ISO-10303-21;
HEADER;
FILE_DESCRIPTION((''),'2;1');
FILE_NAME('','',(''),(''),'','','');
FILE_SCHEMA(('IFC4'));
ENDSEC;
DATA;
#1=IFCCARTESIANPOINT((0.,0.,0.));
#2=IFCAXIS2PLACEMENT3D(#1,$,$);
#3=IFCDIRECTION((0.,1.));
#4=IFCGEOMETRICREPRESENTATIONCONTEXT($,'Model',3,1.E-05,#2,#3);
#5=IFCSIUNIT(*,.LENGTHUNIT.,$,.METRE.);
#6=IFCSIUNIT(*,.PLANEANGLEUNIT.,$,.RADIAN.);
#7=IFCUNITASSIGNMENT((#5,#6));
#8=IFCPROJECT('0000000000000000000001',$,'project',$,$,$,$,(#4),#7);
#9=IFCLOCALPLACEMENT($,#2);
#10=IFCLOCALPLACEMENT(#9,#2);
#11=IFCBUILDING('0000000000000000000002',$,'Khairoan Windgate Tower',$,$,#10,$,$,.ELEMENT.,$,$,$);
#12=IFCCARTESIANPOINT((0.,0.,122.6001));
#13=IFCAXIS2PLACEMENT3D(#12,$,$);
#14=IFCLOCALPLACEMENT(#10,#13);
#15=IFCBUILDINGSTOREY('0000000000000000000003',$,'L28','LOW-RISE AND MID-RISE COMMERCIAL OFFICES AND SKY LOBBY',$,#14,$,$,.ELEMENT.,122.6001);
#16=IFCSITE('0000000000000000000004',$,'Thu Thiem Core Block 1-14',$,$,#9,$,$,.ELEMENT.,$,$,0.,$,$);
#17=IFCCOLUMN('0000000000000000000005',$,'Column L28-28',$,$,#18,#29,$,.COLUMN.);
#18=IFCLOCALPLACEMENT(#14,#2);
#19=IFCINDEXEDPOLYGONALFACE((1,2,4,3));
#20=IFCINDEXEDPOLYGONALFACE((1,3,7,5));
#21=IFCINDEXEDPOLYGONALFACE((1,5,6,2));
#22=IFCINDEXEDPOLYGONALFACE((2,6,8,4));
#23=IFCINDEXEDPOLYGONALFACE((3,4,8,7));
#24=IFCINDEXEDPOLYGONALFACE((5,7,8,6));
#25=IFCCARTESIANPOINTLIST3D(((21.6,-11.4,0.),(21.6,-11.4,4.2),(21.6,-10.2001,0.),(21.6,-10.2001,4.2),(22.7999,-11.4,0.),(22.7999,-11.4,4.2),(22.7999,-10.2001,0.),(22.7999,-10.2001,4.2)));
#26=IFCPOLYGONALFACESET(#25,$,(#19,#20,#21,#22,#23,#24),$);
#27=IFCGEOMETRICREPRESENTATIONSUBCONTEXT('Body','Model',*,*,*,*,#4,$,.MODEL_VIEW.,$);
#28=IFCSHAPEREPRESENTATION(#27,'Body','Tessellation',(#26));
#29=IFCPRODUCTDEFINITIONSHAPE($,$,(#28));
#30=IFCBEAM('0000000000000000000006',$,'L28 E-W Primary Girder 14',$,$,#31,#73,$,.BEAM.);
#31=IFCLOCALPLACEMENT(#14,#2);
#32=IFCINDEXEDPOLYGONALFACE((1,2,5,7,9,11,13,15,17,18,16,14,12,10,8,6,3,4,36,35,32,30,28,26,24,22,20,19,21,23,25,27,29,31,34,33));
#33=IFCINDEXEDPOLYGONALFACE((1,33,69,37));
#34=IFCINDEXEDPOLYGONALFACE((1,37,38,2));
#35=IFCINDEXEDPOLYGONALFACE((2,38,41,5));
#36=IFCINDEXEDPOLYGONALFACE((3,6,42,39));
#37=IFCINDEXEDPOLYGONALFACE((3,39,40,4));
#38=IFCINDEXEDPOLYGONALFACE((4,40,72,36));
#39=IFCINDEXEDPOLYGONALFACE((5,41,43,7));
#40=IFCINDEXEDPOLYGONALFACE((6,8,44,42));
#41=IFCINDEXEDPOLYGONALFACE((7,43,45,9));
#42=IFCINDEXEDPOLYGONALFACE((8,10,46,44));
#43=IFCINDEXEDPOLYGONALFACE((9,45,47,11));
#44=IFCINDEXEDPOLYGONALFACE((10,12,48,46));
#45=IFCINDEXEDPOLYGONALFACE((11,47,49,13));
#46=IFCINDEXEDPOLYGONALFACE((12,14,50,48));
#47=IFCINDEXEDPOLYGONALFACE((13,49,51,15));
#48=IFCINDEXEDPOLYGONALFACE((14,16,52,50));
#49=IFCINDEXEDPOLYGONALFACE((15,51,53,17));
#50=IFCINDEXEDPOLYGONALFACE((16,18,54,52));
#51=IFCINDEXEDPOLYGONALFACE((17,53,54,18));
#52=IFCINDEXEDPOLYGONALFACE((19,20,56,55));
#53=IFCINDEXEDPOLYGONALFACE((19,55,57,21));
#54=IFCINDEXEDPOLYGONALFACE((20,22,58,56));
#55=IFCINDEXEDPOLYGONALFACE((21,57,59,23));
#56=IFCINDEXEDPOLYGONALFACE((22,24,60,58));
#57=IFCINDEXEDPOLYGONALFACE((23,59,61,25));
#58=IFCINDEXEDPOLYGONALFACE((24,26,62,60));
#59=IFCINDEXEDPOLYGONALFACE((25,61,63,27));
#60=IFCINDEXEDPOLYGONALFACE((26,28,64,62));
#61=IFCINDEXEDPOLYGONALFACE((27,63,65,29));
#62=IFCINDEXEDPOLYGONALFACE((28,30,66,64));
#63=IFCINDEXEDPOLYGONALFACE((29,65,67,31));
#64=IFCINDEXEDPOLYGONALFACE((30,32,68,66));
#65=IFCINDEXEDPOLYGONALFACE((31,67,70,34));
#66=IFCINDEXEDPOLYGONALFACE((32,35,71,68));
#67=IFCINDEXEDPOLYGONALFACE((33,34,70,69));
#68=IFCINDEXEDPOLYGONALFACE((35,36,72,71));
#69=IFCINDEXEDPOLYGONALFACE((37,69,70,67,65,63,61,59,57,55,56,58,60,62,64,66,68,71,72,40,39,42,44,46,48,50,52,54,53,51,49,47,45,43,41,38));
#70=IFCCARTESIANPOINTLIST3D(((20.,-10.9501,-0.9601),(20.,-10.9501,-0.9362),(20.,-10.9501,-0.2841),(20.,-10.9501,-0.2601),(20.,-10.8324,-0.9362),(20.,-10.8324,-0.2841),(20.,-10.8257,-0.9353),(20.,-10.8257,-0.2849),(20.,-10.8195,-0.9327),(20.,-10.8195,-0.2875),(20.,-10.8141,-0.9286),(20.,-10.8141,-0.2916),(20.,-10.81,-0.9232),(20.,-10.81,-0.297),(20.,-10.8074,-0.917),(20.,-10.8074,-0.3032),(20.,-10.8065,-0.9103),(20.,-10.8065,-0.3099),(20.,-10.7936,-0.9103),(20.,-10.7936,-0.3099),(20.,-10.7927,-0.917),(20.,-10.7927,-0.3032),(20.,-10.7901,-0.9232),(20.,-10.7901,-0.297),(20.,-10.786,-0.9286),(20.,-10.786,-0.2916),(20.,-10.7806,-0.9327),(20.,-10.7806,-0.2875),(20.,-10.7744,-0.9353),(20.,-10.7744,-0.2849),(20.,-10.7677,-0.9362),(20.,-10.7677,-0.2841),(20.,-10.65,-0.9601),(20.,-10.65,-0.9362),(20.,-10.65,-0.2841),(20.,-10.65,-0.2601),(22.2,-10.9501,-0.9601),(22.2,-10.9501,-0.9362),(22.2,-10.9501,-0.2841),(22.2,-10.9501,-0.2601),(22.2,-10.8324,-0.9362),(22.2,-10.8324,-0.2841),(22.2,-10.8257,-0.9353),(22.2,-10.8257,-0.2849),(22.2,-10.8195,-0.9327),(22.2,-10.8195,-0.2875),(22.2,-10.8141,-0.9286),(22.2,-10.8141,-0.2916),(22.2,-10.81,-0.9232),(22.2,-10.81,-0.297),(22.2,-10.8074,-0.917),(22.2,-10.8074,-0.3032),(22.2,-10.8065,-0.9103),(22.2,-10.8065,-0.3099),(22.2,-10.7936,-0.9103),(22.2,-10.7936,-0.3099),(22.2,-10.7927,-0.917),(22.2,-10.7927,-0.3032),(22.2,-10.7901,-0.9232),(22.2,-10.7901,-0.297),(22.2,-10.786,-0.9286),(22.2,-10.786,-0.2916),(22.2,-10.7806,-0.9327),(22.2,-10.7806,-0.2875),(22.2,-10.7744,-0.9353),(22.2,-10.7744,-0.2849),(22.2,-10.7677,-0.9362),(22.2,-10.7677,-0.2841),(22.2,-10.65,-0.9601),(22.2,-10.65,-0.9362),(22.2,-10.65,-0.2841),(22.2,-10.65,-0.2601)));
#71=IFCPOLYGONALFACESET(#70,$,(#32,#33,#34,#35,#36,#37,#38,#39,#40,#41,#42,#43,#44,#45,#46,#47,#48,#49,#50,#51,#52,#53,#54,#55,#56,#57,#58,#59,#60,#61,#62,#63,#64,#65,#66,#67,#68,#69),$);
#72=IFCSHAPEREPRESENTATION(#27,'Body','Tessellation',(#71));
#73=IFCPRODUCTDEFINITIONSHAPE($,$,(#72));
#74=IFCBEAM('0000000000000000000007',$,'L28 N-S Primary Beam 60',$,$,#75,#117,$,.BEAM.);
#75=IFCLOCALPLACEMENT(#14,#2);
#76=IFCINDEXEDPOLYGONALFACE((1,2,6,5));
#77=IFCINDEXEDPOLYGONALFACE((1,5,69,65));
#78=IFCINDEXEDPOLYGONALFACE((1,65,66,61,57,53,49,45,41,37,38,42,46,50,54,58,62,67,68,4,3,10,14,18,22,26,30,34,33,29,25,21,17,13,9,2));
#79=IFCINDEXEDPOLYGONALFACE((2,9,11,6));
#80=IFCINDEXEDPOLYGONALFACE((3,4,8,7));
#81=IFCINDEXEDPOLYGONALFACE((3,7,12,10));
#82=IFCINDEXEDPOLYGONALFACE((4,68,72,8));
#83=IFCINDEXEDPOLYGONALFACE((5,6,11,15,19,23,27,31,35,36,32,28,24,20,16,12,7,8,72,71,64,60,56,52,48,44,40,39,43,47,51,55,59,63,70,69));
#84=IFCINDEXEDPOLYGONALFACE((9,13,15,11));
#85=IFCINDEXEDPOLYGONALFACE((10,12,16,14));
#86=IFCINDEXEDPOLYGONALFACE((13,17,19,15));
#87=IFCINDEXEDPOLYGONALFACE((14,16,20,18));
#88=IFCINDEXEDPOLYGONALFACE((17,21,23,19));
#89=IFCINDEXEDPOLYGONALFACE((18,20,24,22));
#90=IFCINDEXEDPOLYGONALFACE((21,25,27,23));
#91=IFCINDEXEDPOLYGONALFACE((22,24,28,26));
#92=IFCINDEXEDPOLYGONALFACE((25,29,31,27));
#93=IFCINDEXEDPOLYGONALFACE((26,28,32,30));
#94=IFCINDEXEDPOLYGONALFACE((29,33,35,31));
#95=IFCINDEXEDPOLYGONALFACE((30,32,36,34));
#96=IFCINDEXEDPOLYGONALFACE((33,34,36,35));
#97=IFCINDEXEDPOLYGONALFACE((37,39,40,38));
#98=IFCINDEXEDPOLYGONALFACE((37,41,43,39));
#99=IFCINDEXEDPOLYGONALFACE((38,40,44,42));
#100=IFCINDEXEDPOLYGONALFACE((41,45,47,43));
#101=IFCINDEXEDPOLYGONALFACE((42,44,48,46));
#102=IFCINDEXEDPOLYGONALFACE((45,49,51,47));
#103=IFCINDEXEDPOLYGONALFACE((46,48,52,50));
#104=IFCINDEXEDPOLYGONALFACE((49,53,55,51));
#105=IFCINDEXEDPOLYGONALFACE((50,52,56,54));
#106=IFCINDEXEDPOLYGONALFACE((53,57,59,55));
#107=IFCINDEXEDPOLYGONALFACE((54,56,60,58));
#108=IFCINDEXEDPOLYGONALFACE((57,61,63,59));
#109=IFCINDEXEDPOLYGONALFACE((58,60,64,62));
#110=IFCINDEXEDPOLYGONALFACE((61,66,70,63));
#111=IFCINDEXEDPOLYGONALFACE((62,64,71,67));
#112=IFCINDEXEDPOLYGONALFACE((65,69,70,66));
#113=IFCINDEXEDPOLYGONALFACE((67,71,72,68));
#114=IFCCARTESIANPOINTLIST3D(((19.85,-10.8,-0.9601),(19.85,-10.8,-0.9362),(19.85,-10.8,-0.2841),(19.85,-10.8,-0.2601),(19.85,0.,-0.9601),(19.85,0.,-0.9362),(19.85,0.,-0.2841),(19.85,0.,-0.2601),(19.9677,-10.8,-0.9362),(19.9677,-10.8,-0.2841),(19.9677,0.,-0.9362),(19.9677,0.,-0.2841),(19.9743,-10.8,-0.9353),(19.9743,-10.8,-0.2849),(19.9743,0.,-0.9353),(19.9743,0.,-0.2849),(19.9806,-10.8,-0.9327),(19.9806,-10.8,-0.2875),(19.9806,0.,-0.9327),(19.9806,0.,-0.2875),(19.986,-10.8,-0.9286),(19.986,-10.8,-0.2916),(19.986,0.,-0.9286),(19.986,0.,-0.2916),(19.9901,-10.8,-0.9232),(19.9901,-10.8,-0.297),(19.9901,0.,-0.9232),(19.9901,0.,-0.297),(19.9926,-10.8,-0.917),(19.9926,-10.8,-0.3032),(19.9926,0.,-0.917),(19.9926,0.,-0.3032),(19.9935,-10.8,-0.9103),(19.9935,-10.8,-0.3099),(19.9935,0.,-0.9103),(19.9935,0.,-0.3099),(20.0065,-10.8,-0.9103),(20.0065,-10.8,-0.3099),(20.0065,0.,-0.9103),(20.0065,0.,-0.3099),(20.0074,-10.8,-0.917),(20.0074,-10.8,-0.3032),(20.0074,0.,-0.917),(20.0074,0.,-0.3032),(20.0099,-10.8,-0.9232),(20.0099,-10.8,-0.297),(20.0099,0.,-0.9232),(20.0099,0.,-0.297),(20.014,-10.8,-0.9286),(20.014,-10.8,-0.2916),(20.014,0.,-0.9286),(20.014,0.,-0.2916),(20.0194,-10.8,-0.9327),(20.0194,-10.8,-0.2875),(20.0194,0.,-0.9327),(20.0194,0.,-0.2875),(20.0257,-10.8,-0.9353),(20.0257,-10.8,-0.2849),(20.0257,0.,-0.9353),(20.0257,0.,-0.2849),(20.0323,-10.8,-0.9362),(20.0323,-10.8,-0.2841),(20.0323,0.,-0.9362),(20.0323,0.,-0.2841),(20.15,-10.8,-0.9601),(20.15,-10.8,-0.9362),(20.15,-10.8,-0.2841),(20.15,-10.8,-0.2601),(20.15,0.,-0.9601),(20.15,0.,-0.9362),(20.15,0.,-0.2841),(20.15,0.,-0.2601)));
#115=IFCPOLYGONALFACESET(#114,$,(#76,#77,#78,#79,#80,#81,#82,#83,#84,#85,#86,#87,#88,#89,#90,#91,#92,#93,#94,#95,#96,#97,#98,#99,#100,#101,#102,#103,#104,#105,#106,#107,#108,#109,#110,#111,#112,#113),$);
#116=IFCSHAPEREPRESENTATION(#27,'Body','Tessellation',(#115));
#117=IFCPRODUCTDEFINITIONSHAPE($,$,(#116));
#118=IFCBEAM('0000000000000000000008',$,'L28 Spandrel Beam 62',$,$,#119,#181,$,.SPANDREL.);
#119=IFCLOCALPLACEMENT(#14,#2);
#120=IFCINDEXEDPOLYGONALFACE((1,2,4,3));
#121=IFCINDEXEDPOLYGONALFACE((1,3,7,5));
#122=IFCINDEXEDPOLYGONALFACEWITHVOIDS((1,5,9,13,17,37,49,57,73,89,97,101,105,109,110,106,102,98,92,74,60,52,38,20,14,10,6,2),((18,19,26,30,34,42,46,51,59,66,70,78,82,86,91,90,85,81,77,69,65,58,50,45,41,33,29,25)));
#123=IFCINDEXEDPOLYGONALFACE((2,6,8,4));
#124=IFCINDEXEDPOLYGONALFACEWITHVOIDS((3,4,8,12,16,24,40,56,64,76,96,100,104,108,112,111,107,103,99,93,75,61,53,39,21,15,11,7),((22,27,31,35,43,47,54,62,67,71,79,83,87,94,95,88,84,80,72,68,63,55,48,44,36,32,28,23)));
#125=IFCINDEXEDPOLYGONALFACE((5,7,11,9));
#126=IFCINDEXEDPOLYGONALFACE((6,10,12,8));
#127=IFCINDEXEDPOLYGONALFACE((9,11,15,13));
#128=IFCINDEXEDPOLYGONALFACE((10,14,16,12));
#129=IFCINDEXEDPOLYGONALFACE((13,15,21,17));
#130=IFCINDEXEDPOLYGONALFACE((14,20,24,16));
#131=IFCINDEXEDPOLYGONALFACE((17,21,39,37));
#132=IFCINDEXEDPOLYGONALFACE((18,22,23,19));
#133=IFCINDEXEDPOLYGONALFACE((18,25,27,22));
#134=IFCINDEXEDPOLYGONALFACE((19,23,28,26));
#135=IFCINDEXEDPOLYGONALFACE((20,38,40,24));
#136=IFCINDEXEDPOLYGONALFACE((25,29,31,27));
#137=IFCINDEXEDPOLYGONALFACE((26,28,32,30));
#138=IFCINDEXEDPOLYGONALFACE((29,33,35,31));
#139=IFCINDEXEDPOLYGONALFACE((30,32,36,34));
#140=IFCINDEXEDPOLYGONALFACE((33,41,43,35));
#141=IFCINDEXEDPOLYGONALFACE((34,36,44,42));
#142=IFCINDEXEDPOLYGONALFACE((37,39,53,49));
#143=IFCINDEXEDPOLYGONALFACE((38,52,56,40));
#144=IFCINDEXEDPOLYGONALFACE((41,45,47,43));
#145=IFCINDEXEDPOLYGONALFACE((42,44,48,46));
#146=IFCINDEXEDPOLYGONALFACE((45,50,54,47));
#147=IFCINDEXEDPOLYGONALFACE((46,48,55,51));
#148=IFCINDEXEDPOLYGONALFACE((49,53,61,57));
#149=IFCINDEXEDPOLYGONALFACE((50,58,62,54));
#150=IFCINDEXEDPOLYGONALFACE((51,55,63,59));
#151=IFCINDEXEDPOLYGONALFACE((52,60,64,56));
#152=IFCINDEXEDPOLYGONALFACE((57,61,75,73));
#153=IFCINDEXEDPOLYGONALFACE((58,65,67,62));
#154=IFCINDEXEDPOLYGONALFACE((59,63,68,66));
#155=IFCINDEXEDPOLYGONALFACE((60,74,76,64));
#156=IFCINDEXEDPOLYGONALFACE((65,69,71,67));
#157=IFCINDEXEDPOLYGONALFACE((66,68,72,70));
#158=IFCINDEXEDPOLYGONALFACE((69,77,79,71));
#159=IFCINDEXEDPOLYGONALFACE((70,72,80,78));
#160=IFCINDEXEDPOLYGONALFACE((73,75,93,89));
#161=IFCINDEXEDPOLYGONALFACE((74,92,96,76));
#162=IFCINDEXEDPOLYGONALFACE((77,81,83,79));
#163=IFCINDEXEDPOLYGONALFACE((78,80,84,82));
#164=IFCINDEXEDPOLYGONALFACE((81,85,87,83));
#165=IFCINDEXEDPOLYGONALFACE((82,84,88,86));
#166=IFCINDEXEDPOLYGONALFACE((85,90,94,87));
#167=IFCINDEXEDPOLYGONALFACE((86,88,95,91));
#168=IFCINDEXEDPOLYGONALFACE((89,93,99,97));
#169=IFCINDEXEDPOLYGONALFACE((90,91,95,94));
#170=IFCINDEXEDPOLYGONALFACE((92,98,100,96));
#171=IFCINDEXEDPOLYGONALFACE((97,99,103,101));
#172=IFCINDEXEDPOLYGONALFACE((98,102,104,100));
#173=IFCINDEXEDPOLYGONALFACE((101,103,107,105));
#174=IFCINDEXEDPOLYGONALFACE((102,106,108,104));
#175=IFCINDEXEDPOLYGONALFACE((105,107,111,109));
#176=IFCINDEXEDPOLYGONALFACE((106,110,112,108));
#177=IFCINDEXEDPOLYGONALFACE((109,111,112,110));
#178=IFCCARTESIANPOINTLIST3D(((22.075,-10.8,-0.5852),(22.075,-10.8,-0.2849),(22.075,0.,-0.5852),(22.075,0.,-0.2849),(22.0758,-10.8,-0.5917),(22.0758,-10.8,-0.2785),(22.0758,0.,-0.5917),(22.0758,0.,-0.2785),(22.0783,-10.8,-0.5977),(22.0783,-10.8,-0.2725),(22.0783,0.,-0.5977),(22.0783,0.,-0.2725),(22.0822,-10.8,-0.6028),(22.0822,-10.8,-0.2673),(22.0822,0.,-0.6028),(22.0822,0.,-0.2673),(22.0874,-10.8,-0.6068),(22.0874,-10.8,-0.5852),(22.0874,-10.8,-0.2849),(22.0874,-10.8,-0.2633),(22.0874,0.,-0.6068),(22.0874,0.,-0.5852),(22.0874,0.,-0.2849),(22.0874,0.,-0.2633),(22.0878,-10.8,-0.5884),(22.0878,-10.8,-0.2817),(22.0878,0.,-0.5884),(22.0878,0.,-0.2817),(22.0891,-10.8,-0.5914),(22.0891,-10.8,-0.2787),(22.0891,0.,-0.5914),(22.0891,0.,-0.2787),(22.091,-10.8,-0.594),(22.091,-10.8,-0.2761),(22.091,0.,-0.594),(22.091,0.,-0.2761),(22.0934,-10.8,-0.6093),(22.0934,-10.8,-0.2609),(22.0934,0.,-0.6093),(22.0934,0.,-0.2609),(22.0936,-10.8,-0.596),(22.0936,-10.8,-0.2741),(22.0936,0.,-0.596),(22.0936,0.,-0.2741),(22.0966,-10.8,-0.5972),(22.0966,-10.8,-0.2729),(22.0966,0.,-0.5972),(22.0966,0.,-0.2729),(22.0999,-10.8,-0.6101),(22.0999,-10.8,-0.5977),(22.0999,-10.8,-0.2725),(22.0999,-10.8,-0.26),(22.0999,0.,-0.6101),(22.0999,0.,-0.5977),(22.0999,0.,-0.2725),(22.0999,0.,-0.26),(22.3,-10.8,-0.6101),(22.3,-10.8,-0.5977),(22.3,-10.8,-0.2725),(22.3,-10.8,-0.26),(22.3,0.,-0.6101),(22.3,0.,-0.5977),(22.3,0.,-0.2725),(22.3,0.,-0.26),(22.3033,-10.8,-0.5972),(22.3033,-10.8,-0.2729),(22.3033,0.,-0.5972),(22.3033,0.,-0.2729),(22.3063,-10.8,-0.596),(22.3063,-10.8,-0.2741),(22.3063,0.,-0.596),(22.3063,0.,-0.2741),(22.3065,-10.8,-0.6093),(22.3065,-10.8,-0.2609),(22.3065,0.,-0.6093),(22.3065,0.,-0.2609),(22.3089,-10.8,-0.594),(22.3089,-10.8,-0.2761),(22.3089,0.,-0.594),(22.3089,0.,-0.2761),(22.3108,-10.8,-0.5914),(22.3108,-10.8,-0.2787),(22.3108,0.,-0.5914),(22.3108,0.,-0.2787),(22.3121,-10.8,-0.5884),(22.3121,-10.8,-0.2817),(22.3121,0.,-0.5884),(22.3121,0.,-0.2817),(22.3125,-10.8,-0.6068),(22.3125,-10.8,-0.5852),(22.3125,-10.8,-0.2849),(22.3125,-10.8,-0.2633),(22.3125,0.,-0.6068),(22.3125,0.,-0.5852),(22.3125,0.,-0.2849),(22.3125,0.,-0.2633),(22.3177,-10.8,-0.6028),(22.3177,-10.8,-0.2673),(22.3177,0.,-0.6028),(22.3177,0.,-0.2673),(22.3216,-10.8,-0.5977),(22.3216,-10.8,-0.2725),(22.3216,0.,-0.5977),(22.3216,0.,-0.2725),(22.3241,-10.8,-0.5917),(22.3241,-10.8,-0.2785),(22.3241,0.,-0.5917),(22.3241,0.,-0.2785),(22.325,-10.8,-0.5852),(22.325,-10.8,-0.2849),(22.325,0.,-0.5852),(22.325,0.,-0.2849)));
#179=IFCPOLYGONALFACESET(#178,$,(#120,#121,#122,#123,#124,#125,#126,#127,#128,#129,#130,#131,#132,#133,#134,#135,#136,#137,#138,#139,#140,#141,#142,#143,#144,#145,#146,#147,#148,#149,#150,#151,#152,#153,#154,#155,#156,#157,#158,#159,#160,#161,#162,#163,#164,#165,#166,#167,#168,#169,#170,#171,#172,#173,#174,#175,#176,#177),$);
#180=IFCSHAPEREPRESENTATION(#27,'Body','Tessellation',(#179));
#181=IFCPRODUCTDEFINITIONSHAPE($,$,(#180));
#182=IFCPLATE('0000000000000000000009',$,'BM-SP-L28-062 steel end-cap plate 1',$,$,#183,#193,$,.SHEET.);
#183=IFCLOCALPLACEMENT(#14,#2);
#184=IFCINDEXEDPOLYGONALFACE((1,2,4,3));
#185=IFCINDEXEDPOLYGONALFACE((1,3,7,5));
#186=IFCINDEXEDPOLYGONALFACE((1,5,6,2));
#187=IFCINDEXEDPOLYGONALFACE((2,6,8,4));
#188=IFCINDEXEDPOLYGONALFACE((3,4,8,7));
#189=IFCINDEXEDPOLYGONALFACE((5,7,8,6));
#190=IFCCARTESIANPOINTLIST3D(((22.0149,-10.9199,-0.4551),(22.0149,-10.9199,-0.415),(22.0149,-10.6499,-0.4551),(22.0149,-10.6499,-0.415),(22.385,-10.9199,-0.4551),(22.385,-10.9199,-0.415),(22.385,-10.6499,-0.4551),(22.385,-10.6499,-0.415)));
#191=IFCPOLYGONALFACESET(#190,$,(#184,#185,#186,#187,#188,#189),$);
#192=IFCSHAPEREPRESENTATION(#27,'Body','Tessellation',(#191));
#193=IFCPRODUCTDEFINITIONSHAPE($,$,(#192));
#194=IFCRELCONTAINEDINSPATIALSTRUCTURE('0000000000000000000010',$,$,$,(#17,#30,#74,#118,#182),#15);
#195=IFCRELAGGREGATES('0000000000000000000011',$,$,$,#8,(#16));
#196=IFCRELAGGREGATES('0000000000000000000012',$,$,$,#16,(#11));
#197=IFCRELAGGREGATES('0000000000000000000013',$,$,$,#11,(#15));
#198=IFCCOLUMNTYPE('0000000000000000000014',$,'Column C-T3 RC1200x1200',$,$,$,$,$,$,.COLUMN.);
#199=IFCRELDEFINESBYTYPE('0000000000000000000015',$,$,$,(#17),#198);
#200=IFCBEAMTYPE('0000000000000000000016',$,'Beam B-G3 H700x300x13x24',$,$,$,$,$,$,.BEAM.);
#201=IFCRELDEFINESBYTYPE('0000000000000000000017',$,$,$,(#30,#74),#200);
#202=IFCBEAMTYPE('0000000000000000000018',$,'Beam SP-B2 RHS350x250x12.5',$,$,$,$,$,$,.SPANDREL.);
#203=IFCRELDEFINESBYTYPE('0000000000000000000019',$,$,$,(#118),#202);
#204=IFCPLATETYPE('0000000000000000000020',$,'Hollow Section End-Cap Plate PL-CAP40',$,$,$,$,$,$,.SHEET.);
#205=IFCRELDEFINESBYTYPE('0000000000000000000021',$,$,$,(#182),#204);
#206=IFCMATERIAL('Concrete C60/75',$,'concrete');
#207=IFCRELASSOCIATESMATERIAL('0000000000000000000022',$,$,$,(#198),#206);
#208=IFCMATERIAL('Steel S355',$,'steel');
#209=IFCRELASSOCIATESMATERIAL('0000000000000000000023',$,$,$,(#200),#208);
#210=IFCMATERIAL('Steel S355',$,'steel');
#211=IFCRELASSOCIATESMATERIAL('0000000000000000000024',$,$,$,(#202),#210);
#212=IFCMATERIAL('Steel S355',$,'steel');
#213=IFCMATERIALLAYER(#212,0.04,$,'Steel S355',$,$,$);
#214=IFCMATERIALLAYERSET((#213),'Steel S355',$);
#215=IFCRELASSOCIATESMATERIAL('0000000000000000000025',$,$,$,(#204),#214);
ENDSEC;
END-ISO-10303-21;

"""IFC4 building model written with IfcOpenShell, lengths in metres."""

from ifc_helpers import new_model, si_unit, direction, frame, origin, origin_2d, place, context, subcontext, project, spatial, rectangle, hollow_rectangle, i_section, extrude, material, layer, layer_set, material_profile, profile_set, type_object, element, save


model = new_model("IFC4")

# Units and contexts
model_context = context("Model", 3, precision=1e-05, world=origin(), true_north=direction((0.0, 1.0)))
body_context = subcontext(model_context, "Body", "Model", "MODEL_VIEW")
ifc_project = project(units=[si_unit("LENGTHUNIT", "METRE"), si_unit("PLANEANGLEUNIT", "RADIAN")], contexts=[model_context])

# Site, building, storey
site_placement = place(None, origin())
site = spatial("IfcSite", under=ifc_project, at=site_placement, Name="Thu Thiem Core Block 1-14", CompositionType="ELEMENT", RefElevation=0.0)
building_placement = place(site_placement, origin())
building = spatial("IfcBuilding", under=site, at=building_placement, Name="Khairoan Windgate Tower", CompositionType="ELEMENT")
storey_placement = place(building_placement, frame((0.0, 0.0, 122.6001)))
storey = spatial("IfcBuildingStorey", under=building, at=storey_placement, Name="L28", Description="LOW-RISE AND MID-RISE COMMERCIAL OFFICES AND SKY LOBBY", CompositionType="ELEMENT", Elevation=122.6001)

# Column
ifc_material_1 = material(Name="Concrete C60/75", Category="concrete")
ifc_material_profile_1 = material_profile(ifc_material_1, rectangle(XDim=1.2, YDim=1.2, at=origin_2d()))
ifc_profile_set_1 = profile_set([ifc_material_profile_1], Name="Concrete C60/75")
column_type = type_object("IfcColumnType", Name="Column C-T3 RC1200x1200", PredefinedType="COLUMN", material=ifc_profile_set_1)
column_placement = place(storey_placement, frame((22.2, -10.8, 0.0), z_axis=(0.0, 0.0, 1.0), x_axis=(1.0, 0.0, 0.0)))
element("IfcColumn", 1, at=column_placement, inside=storey, type_object=column_type, Name="Column L28-28", PredefinedType="COLUMN", context=body_context, shape_type="SweptSolid", body=[
    extrude(rectangle(XDim=1.2, YDim=1.2, at=origin_2d()), origin(), (0.0, 0.0, 1.0), 4.2),
])

# Beams
ifc_material_2 = material(Name="Steel S355", Category="steel")
ifc_material_profile_2 = material_profile(ifc_material_2, i_section(OverallWidth=0.3, OverallDepth=0.7, WebThickness=0.0129, FlangeThickness=0.0239, FilletRadius=0.0259, at=origin_2d()))
ifc_profile_set_2 = profile_set([ifc_material_profile_2], Name="Steel S355")
beam_type_1 = type_object("IfcBeamType", Name="Beam B-G3 H700x300x13x24", PredefinedType="BEAM", material=ifc_profile_set_2)
beam_1_placement = place(storey_placement, frame((20.0, -10.8, -0.6101), z_axis=(1.0, 0.0, 0.0), x_axis=(0.0, 1.0, 0.0)))
element("IfcBeam", 2, at=beam_1_placement, inside=storey, type_object=beam_type_1, Name="L28 E-W Primary Girder 14", PredefinedType="BEAM", context=body_context, shape_type="SweptSolid", body=[
    extrude(i_section(OverallWidth=0.3, OverallDepth=0.7, WebThickness=0.0129, FlangeThickness=0.0239, FilletRadius=0.0259, at=origin_2d()), origin(), (0.0, 0.0, 1.0), 2.2),
])
beam_2_placement = place(storey_placement, frame((20.0, -10.8, -0.6101), z_axis=(0.0, 1.0, 0.0), x_axis=(-1.0, 0.0, 0.0)))
element("IfcBeam", 3, at=beam_2_placement, inside=storey, type_object=beam_type_1, Name="L28 N-S Primary Beam 60", PredefinedType="BEAM", context=body_context, shape_type="SweptSolid", body=[
    extrude(i_section(OverallWidth=0.3, OverallDepth=0.7, WebThickness=0.0129, FlangeThickness=0.0239, FilletRadius=0.0259, at=origin_2d()), origin(), (0.0, 0.0, 1.0), 10.8),
])
ifc_material_3 = material(Name="Steel S355", Category="steel")
ifc_material_profile_3 = material_profile(ifc_material_3, hollow_rectangle(XDim=0.25, YDim=0.3501, WallThickness=0.0125, InnerFilletRadius=0.0125, OuterFilletRadius=0.0249, at=origin_2d()))
ifc_profile_set_3 = profile_set([ifc_material_profile_3], Name="Steel S355")
beam_type_2 = type_object("IfcBeamType", Name="Beam SP-B2 RHS350x250x12.5", PredefinedType="SPANDREL", material=ifc_profile_set_3)
beam_3_placement = place(storey_placement, frame((22.2, -10.8, -0.4351), z_axis=(0.0, 1.0, 0.0), x_axis=(-1.0, 0.0, 0.0)))
element("IfcBeam", 4, at=beam_3_placement, inside=storey, type_object=beam_type_2, Name="L28 Spandrel Beam 62", PredefinedType="SPANDREL", context=body_context, shape_type="SweptSolid", body=[
    extrude(hollow_rectangle(XDim=0.25, YDim=0.3501, WallThickness=0.0125, InnerFilletRadius=0.0125, OuterFilletRadius=0.0249, at=origin_2d()), origin(), (0.0, 0.0, 1.0), 10.8),
])

# Plate
ifc_material_4 = material(Name="Steel S355", Category="steel")
ifc_layer_1 = layer(ifc_material_4, 0.04, Name="Steel S355")
ifc_layer_set_1 = layer_set([ifc_layer_1], Name="Steel S355")
plate_type = type_object("IfcPlateType", Name="Hollow Section End-Cap Plate PL-CAP40", PredefinedType="SHEET", material=ifc_layer_set_1)
plate_placement = place(storey_placement, frame((22.2, -10.7849, -0.4551), z_axis=(0.0, 0.0, 1.0), x_axis=(0.0, 1.0, 0.0)))
element("IfcPlate", 5, at=plate_placement, inside=storey, type_object=plate_type, Name="BM-SP-L28-062 steel end-cap plate 1", PredefinedType="SHEET", context=body_context, shape_type="SweptSolid", body=[
    extrude(rectangle(XDim=0.27, YDim=0.3701, at=origin_2d()), origin(), (0.0, 0.0, 1.0), 0.04),
])

save(model, "model.ifc")
